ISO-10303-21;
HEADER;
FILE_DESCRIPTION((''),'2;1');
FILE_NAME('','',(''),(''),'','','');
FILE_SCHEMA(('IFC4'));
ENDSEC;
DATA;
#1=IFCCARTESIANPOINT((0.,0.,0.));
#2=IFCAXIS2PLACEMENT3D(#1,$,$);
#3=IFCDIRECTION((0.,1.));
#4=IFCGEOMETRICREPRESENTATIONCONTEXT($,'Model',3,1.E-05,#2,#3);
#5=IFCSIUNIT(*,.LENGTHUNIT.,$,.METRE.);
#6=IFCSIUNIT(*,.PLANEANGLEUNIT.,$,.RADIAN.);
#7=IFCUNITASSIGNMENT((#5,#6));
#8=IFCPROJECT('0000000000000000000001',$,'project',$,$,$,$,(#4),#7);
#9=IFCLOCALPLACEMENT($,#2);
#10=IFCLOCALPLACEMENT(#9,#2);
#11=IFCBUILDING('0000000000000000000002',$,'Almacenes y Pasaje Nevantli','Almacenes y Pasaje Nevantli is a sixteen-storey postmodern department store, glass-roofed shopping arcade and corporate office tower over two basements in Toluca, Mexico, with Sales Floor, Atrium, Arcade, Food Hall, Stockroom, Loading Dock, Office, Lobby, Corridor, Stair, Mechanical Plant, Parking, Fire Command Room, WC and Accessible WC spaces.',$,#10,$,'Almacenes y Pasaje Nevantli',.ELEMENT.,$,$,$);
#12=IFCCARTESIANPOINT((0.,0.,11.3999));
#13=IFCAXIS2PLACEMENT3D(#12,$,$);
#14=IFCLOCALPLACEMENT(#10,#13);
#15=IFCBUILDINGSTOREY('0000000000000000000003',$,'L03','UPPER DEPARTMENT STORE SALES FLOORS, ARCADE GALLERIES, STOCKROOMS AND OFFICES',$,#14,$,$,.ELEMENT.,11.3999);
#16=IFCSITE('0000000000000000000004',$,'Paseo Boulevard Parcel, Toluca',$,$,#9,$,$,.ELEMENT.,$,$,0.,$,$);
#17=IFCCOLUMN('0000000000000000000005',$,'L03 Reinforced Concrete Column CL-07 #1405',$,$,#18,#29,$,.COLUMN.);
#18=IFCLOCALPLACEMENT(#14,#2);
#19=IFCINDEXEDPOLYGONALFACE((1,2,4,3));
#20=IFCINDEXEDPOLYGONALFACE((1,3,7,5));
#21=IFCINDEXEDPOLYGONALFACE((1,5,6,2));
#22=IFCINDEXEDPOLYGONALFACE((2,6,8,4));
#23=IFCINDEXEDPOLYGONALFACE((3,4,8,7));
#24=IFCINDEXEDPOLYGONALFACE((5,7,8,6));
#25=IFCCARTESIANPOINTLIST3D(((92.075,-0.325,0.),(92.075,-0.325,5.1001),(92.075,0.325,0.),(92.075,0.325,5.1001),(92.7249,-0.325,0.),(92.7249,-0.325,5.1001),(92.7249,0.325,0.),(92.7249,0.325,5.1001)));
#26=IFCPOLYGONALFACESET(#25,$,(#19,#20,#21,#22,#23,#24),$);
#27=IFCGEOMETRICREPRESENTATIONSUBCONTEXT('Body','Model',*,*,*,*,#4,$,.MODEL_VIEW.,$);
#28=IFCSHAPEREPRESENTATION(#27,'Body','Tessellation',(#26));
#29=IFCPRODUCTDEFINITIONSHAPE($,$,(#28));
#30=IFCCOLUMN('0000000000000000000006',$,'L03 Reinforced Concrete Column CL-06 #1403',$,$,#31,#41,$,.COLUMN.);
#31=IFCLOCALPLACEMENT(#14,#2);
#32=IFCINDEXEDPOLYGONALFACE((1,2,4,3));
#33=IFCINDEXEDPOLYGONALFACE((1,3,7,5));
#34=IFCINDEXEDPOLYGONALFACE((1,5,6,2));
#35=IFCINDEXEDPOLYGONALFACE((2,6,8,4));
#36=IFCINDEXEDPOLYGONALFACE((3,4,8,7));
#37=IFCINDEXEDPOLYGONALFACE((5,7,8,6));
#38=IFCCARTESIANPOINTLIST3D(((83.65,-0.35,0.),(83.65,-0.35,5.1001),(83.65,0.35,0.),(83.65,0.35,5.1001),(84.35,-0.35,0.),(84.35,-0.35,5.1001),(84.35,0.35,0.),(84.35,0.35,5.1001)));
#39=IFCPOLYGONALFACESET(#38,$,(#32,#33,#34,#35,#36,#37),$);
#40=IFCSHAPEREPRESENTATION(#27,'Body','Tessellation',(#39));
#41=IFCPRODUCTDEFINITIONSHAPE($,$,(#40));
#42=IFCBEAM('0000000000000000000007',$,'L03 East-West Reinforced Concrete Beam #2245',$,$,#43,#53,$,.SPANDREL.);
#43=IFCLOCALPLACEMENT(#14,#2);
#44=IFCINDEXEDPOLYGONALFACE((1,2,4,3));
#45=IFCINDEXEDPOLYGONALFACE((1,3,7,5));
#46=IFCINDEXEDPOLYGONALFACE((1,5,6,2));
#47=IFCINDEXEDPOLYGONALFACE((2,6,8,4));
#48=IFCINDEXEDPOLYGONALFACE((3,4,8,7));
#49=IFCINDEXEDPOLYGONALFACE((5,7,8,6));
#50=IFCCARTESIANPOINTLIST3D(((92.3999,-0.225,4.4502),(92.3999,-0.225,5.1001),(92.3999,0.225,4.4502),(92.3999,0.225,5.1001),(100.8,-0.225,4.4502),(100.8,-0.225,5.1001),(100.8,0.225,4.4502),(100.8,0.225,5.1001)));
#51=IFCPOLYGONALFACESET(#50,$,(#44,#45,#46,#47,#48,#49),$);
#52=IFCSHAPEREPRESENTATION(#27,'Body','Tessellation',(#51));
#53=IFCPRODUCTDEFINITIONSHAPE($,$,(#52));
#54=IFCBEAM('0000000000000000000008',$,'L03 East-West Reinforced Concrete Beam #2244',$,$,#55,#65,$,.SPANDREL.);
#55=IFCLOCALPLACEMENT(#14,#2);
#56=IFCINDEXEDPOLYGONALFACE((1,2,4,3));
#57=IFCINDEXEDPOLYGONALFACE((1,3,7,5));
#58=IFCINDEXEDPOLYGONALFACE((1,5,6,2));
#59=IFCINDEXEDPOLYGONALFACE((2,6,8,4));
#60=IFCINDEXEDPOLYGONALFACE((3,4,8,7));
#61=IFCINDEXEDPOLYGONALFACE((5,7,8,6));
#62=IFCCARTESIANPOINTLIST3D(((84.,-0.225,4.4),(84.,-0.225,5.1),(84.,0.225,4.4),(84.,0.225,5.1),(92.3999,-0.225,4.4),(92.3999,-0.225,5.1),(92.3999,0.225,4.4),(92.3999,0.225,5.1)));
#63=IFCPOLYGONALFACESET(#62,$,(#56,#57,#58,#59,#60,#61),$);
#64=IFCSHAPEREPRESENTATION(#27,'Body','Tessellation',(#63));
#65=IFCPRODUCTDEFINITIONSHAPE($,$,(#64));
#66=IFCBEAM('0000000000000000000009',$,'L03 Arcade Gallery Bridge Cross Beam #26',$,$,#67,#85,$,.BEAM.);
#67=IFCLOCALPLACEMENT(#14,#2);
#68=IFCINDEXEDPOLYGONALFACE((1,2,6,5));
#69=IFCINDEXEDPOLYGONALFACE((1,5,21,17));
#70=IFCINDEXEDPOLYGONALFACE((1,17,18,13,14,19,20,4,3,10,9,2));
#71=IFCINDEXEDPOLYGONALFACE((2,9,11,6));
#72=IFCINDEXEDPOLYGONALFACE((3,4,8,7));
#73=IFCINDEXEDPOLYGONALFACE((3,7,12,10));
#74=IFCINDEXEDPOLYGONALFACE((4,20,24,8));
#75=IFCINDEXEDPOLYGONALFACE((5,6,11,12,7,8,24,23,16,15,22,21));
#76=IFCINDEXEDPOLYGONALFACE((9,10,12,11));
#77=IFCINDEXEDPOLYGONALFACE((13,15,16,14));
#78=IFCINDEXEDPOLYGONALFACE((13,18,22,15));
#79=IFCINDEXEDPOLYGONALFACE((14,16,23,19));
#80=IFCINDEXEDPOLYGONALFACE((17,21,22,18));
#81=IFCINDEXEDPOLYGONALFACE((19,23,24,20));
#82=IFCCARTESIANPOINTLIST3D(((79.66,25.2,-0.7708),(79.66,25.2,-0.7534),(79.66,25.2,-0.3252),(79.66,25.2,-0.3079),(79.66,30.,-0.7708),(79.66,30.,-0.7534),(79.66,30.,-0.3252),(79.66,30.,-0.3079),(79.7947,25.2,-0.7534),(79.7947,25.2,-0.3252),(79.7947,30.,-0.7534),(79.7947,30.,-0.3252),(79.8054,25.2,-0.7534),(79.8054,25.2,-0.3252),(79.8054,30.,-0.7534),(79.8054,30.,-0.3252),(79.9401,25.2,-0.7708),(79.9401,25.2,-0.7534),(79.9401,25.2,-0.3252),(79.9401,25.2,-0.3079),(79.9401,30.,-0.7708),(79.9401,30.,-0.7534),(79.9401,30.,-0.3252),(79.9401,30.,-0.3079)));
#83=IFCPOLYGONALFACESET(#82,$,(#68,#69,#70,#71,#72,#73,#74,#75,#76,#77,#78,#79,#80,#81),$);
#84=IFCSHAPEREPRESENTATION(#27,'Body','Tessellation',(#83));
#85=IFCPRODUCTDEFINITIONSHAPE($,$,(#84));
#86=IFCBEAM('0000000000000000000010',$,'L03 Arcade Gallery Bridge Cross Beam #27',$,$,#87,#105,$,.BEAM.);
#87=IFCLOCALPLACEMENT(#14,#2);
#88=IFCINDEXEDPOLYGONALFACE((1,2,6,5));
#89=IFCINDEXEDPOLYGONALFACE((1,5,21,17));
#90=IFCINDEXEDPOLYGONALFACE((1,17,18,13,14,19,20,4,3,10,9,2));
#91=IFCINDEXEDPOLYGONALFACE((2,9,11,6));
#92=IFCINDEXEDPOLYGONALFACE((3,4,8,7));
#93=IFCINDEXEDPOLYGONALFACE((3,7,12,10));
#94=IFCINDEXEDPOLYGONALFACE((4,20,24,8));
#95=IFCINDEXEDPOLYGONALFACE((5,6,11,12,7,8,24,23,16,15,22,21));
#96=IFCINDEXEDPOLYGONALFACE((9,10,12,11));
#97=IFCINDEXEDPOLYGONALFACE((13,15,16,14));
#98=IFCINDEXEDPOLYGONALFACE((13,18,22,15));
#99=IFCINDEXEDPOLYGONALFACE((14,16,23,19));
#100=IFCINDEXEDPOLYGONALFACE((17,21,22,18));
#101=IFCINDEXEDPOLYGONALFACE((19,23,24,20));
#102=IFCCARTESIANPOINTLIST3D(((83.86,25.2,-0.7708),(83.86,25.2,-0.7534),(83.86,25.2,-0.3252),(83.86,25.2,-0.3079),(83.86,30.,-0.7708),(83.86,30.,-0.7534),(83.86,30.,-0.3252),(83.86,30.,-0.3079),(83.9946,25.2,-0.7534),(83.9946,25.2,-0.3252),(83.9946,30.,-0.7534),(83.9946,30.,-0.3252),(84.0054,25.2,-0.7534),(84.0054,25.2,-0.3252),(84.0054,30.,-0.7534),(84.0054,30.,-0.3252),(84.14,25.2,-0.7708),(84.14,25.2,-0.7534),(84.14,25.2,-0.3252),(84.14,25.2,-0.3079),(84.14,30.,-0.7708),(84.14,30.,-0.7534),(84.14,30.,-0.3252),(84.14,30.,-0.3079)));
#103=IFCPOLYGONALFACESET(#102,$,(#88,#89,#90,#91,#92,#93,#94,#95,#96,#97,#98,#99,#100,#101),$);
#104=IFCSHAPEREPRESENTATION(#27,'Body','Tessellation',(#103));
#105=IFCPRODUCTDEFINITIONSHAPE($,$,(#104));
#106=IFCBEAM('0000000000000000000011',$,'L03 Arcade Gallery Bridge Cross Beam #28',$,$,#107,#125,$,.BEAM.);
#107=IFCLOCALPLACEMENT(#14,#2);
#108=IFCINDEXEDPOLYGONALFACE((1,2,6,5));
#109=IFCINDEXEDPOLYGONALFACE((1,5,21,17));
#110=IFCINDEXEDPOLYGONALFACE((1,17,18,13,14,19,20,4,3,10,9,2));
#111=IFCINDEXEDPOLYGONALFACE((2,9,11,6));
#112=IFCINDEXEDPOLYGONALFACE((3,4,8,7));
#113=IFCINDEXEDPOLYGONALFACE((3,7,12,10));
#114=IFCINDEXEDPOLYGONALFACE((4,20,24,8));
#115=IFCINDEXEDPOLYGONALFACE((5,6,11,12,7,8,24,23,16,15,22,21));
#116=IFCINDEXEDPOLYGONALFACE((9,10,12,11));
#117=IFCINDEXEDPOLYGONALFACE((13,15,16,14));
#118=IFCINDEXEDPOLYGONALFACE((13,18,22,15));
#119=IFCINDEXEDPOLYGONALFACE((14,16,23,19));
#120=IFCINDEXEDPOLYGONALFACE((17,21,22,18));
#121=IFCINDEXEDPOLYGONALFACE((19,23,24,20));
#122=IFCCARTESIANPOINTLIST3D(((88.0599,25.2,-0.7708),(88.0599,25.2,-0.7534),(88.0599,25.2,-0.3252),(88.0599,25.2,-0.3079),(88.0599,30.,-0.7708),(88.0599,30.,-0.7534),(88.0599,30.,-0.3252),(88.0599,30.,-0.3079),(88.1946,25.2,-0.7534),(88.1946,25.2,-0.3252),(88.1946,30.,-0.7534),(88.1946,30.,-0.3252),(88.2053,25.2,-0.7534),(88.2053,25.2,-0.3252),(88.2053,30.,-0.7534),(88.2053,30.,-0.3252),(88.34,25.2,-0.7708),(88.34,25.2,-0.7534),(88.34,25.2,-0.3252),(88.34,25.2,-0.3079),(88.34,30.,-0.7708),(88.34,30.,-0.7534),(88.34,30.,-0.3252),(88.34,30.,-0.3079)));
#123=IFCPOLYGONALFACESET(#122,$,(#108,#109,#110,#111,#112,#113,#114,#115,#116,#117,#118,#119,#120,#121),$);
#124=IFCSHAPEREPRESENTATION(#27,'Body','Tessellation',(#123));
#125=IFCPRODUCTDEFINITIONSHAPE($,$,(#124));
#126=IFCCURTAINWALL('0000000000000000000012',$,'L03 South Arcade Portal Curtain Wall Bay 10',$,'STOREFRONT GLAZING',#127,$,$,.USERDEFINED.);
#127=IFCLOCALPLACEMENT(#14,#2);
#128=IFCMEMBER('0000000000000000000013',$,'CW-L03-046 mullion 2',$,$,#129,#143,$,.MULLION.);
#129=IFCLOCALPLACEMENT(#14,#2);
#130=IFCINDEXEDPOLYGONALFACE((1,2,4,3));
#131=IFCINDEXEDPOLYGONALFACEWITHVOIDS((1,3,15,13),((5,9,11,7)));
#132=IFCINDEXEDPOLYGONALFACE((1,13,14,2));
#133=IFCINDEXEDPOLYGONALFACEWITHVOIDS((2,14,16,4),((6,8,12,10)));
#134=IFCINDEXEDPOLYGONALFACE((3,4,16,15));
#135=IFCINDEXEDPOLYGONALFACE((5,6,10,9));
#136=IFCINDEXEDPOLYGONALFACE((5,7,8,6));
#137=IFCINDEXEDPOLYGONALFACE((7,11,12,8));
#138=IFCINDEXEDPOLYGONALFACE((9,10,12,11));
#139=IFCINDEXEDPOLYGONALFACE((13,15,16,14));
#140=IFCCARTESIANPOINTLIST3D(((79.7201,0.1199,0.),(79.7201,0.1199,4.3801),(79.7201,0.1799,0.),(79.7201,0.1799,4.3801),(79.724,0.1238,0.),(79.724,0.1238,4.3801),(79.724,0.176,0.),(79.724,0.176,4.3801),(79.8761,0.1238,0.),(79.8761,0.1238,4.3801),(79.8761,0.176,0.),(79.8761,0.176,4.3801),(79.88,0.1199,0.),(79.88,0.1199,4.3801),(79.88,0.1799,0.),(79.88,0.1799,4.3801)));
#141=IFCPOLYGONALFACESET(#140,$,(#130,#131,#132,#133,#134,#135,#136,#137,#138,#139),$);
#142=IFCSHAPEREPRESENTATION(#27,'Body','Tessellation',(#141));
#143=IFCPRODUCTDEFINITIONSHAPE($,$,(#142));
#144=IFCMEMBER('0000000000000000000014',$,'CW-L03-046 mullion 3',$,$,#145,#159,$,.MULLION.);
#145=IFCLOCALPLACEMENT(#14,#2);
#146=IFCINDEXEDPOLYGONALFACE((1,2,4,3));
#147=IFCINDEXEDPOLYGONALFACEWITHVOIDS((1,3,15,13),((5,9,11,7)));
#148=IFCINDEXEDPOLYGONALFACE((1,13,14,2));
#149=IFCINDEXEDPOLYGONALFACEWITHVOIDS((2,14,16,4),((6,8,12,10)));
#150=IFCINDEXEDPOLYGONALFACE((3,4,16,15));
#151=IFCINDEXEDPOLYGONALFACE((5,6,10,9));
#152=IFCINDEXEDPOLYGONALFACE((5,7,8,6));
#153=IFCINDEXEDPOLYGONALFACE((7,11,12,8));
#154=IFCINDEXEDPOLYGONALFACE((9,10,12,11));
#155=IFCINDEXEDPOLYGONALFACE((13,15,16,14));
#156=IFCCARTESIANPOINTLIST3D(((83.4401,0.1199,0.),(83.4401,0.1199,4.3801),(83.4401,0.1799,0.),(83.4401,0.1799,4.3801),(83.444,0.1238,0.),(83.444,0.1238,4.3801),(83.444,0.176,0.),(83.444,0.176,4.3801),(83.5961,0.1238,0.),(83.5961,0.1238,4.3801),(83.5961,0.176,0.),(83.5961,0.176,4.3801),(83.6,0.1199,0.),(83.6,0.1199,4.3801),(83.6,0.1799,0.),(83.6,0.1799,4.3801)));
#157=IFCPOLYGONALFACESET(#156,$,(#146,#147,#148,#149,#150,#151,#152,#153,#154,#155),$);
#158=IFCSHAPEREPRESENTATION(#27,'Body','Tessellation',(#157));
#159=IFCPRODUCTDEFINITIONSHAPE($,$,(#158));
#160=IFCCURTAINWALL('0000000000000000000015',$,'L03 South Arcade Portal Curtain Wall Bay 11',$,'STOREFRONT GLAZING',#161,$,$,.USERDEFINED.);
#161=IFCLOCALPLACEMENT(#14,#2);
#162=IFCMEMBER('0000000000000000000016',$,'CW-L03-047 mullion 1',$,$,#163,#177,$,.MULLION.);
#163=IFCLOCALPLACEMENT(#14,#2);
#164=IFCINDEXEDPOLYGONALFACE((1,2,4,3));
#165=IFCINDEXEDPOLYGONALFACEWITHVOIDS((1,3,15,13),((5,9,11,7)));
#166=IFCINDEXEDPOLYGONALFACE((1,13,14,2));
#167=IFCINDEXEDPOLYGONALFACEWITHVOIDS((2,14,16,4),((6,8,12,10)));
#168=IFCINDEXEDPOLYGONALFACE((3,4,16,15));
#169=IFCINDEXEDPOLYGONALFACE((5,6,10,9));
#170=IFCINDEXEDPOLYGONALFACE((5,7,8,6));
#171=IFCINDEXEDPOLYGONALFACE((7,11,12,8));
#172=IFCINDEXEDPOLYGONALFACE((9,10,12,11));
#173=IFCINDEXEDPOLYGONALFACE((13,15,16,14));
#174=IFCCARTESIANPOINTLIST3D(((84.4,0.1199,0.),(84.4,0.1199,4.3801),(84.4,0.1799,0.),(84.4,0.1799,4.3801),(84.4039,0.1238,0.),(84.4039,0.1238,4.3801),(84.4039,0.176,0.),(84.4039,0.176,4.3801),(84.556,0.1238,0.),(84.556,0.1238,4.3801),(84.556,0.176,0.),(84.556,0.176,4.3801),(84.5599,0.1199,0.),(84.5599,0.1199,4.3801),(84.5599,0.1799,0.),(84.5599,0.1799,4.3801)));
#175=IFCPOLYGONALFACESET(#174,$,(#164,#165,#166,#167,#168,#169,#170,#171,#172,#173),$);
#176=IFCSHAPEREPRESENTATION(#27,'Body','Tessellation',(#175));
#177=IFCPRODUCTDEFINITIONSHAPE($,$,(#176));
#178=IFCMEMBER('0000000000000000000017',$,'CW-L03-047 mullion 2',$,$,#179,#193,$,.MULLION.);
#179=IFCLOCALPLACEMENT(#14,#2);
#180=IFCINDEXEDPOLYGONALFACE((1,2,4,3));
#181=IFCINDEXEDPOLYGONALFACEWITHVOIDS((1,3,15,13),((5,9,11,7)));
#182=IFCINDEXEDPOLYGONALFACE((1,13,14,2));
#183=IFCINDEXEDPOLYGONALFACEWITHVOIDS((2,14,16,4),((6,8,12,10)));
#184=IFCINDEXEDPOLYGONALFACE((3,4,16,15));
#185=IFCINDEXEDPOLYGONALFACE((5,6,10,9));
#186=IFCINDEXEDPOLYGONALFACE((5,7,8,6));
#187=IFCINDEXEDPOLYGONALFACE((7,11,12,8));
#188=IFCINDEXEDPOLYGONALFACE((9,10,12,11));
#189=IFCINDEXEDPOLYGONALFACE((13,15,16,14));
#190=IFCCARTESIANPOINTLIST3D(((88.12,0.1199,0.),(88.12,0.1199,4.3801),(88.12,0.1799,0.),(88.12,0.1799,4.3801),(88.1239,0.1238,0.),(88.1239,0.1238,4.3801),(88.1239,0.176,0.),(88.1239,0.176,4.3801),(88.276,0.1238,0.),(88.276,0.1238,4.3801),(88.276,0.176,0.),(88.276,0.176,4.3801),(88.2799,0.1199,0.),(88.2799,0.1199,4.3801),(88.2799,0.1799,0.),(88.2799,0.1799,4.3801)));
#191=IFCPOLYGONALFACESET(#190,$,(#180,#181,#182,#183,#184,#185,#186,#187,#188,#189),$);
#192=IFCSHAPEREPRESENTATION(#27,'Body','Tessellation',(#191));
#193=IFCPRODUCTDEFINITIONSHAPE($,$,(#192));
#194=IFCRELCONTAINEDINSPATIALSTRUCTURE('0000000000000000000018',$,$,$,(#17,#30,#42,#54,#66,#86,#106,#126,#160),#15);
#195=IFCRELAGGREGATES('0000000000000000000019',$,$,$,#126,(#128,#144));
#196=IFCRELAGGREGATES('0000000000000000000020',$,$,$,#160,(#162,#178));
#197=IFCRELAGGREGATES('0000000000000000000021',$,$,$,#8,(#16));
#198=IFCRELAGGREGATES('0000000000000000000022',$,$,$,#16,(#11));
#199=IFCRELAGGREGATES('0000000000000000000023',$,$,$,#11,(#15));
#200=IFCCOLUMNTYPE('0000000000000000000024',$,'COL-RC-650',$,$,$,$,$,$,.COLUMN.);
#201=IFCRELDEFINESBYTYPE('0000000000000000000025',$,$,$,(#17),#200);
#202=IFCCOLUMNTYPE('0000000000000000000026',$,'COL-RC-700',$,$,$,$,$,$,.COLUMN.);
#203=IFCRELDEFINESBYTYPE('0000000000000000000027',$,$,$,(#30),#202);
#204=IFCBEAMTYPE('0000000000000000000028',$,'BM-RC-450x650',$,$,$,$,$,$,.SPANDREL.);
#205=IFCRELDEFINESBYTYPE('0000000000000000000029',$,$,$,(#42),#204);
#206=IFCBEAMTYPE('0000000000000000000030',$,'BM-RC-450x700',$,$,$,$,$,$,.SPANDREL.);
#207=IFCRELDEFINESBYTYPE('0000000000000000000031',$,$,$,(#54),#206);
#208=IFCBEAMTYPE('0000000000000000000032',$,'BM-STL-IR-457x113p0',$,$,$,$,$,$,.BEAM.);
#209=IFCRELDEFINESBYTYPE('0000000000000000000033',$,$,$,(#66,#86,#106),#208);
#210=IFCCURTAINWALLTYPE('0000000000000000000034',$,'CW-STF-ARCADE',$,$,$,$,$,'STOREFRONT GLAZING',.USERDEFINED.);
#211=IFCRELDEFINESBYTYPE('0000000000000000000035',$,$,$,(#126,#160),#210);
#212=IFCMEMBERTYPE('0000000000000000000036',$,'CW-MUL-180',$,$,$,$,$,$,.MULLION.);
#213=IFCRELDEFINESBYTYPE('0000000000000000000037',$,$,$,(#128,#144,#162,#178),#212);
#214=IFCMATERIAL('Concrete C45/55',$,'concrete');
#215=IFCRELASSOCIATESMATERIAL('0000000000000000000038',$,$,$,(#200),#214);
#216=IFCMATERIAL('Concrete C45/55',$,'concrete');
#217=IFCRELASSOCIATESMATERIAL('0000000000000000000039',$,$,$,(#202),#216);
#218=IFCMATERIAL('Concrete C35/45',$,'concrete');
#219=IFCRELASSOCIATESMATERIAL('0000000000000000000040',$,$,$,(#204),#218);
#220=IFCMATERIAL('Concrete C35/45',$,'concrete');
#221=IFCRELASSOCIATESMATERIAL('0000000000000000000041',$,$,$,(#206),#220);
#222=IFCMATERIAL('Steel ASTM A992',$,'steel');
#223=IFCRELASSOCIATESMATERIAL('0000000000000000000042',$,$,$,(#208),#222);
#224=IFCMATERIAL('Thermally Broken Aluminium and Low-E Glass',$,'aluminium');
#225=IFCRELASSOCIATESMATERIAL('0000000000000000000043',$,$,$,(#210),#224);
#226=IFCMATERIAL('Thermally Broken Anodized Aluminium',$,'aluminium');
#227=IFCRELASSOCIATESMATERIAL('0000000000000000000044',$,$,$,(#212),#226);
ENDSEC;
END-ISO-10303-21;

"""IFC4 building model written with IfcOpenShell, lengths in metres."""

from ifc_helpers import new_model, si_unit, direction, frame, origin, origin_2d, place, context, subcontext, project, spatial, rectangle, hollow_rectangle, i_section, extrude, material, material_profile, profile_set, type_object, element, aggregate, save


model = new_model("IFC4")

# Units and contexts
model_context = context("Model", 3, precision=1e-05, world=origin(), true_north=direction((0.0, 1.0)))
body_context = subcontext(model_context, "Body", "Model", "MODEL_VIEW")
ifc_project = project(units=[si_unit("LENGTHUNIT", "METRE"), si_unit("PLANEANGLEUNIT", "RADIAN")], contexts=[model_context])

# Site, building, storey
site_placement = place(None, origin())
site = spatial("IfcSite", under=ifc_project, at=site_placement, Name="Paseo Boulevard Parcel, Toluca", CompositionType="ELEMENT", RefElevation=0.0)
building_placement = place(site_placement, origin())
building = spatial("IfcBuilding", under=site, at=building_placement, Name="Almacenes y Pasaje Nevantli", Description="Almacenes y Pasaje Nevantli is a sixteen-storey postmodern department store, glass-roofed shopping arcade and corporate office tower over two basements in Toluca, Mexico, with Sales Floor, Atrium, Arcade, Food Hall, Stockroom, Loading Dock, Office, Lobby, Corridor, Stair, Mechanical Plant, Parking, Fire Command Room, WC and Accessible WC spaces.", LongName="Almacenes y Pasaje Nevantli", CompositionType="ELEMENT")
storey_placement = place(building_placement, frame((0.0, 0.0, 11.3999)))
storey = spatial("IfcBuildingStorey", under=building, at=storey_placement, Name="L03", Description="UPPER DEPARTMENT STORE SALES FLOORS, ARCADE GALLERIES, STOCKROOMS AND OFFICES", CompositionType="ELEMENT", Elevation=11.3999)

# Columns
ifc_material_1 = material(Name="Concrete C45/55", Category="concrete")
ifc_material_profile_1 = material_profile(ifc_material_1, rectangle(XDim=0.6499, YDim=0.6499, at=origin_2d()), Name="RC-COL-650x650")
ifc_profile_set_1 = profile_set([ifc_material_profile_1], Name="Concrete C45/55")
column_type_1 = type_object("IfcColumnType", Name="COL-RC-650", PredefinedType="COLUMN", material=ifc_profile_set_1)
column_1_placement = place(storey_placement, frame((92.3999, 0.0, 0.0), z_axis=(0.0, 0.0, 1.0), x_axis=(1.0, 0.0, 0.0)))
element("IfcColumn", 1, at=column_1_placement, inside=storey, type_object=column_type_1, Name="L03 Reinforced Concrete Column CL-07 #1405", PredefinedType="COLUMN", context=body_context, shape_type="SweptSolid", body=[
    extrude(rectangle(XDim=0.6499, YDim=0.6499, at=origin_2d()), origin(), (0.0, 0.0, 1.0), 5.1001),
])
ifc_material_2 = material(Name="Concrete C45/55", Category="concrete")
ifc_material_profile_2 = material_profile(ifc_material_2, rectangle(XDim=0.7, YDim=0.7, at=origin_2d()), Name="RC-COL-700x700")
ifc_profile_set_2 = profile_set([ifc_material_profile_2], Name="Concrete C45/55")
column_type_2 = type_object("IfcColumnType", Name="COL-RC-700", PredefinedType="COLUMN", material=ifc_profile_set_2)
column_2_placement = place(storey_placement, frame((84.0, 0.0, 0.0), z_axis=(0.0, 0.0, 1.0), x_axis=(1.0, 0.0, 0.0)))
element("IfcColumn", 2, at=column_2_placement, inside=storey, type_object=column_type_2, Name="L03 Reinforced Concrete Column CL-06 #1403", PredefinedType="COLUMN", context=body_context, shape_type="SweptSolid", body=[
    extrude(rectangle(XDim=0.7, YDim=0.7, at=origin_2d()), origin(), (0.0, 0.0, 1.0), 5.1001),
])

# Beams
ifc_material_3 = material(Name="Concrete C35/45", Category="concrete")
ifc_material_profile_3 = material_profile(ifc_material_3, rectangle(XDim=0.45, YDim=0.6499, at=origin_2d()), Name="RC-BM-450x650")
ifc_profile_set_3 = profile_set([ifc_material_profile_3], Name="Concrete C35/45")
beam_type_1 = type_object("IfcBeamType", Name="BM-RC-450x650", PredefinedType="SPANDREL", material=ifc_profile_set_3)
beam_1_placement = place(storey_placement, frame((92.3999, 0.0, 4.7751), z_axis=(1.0, 0.0, 0.0), x_axis=(0.0, 1.0, 0.0)))
element("IfcBeam", 3, at=beam_1_placement, inside=storey, type_object=beam_type_1, Name="L03 East-West Reinforced Concrete Beam #2245", PredefinedType="SPANDREL", context=body_context, shape_type="SweptSolid", body=[
    extrude(rectangle(XDim=0.45, YDim=0.6499, at=origin_2d()), origin(), (0.0, 0.0, 1.0), 8.4001),
])
ifc_material_4 = material(Name="Concrete C35/45", Category="concrete")
ifc_material_profile_4 = material_profile(ifc_material_4, rectangle(XDim=0.45, YDim=0.7, at=origin_2d()), Name="RC-BM-450x700")
ifc_profile_set_4 = profile_set([ifc_material_profile_4], Name="Concrete C35/45")
beam_type_2 = type_object("IfcBeamType", Name="BM-RC-450x700", PredefinedType="SPANDREL", material=ifc_profile_set_4)
beam_2_placement = place(storey_placement, frame((84.0, 0.0, 4.75), z_axis=(1.0, 0.0, 0.0), x_axis=(0.0, 1.0, 0.0)))
element("IfcBeam", 4, at=beam_2_placement, inside=storey, type_object=beam_type_2, Name="L03 East-West Reinforced Concrete Beam #2244", PredefinedType="SPANDREL", context=body_context, shape_type="SweptSolid", body=[
    extrude(rectangle(XDim=0.45, YDim=0.7, at=origin_2d()), origin(), (0.0, 0.0, 1.0), 8.3999),
])
ifc_material_5 = material(Name="Steel ASTM A992", Category="steel")
ifc_material_profile_5 = material_profile(ifc_material_5, i_section(OverallWidth=0.28, OverallDepth=0.4629, WebThickness=0.0107, FlangeThickness=0.0173, at=origin_2d()), Name="IR 457x113.0")
ifc_profile_set_5 = profile_set([ifc_material_profile_5], Name="Steel ASTM A992")
beam_type_3 = type_object("IfcBeamType", Name="BM-STL-IR-457x113p0", PredefinedType="BEAM", material=ifc_profile_set_5)
for number, where, z_axis, x_axis, name in (
    (5, (79.8, 25.2, -0.5393), (0.0, 1.0, 0.0), (-1.0, 0.0, 0.0), "L03 Arcade Gallery Bridge Cross Beam #26"),
    (6, (84.0, 25.2, -0.5393), (0.0, 1.0, 0.0), (-1.0, 0.0, 0.0), "L03 Arcade Gallery Bridge Cross Beam #27"),
    (7, (88.2, 25.2, -0.5393), (0.0, 1.0, 0.0), (-1.0, 0.0, 0.0), "L03 Arcade Gallery Bridge Cross Beam #28"),
):
    element("IfcBeam", number, at=place(storey_placement, frame(where, z_axis=z_axis, x_axis=x_axis)), inside=storey, type_object=beam_type_3, Name=name, PredefinedType="BEAM", context=body_context, shape_type="SweptSolid", body=[
        extrude(i_section(OverallWidth=0.28, OverallDepth=0.4629, WebThickness=0.0107, FlangeThickness=0.0173, at=origin_2d()), origin(), (0.0, 0.0, 1.0), 4.8),
    ])

# Curtain walls, members
ifc_material_6 = material(Name="Thermally Broken Aluminium and Low-E Glass", Category="aluminium")
curtain_wall_type = type_object("IfcCurtainWallType", Name="CW-STF-ARCADE", ElementType="STOREFRONT GLAZING", PredefinedType="USERDEFINED", material=ifc_material_6)
curtain_wall_1_placement = place(storey_placement, origin())
curtain_wall_1 = element("IfcCurtainWall", 8, at=curtain_wall_1_placement, inside=storey, type_object=curtain_wall_type, Name="L03 South Arcade Portal Curtain Wall Bay 10", ObjectType="STOREFRONT GLAZING", PredefinedType="USERDEFINED")
ifc_material_7 = material(Name="Thermally Broken Anodized Aluminium", Category="aluminium")
ifc_material_profile_6 = material_profile(ifc_material_7, hollow_rectangle(XDim=0.0601, YDim=0.1599, WallThickness=0.0039, at=origin_2d()), Name="ALU-MUL-60x160")
ifc_profile_set_6 = profile_set([ifc_material_profile_6], Name="Thermally Broken Anodized Aluminium")
member_type_1 = type_object("IfcMemberType", Name="CW-MUL-180", PredefinedType="MULLION", material=ifc_profile_set_6)
member_1_placement = place(storey_placement, frame((79.8, 0.1499, 0.0), z_axis=(0.0, 0.0, 1.0), x_axis=(0.0, 1.0, 0.0)))
member_1 = element("IfcMember", 9, at=member_1_placement, type_object=member_type_1, Name="CW-L03-046 mullion 2", PredefinedType="MULLION", context=body_context, shape_type="SweptSolid", body=[
    extrude(hollow_rectangle(XDim=0.0601, YDim=0.1599, WallThickness=0.0039, at=origin_2d()), origin(), (0.0, 0.0, 1.0), 4.3801),
])
member_2_placement = place(storey_placement, frame((83.52, 0.1499, 0.0), z_axis=(0.0, 0.0, 1.0), x_axis=(0.0, 1.0, 0.0)))
member_2 = element("IfcMember", 10, at=member_2_placement, type_object=member_type_1, Name="CW-L03-046 mullion 3", PredefinedType="MULLION", context=body_context, shape_type="SweptSolid", body=[
    extrude(hollow_rectangle(XDim=0.0601, YDim=0.1599, WallThickness=0.0039, at=origin_2d()), origin(), (0.0, 0.0, 1.0), 4.3801),
])
curtain_wall_2_placement = place(storey_placement, origin())
curtain_wall_2 = element("IfcCurtainWall", 11, at=curtain_wall_2_placement, inside=storey, type_object=curtain_wall_type, Name="L03 South Arcade Portal Curtain Wall Bay 11", ObjectType="STOREFRONT GLAZING", PredefinedType="USERDEFINED")
member_3_placement = place(storey_placement, frame((84.48, 0.1499, 0.0), z_axis=(0.0, 0.0, 1.0), x_axis=(0.0, 1.0, 0.0)))
member_3 = element("IfcMember", 12, at=member_3_placement, type_object=member_type_1, Name="CW-L03-047 mullion 1", PredefinedType="MULLION", context=body_context, shape_type="SweptSolid", body=[
    extrude(hollow_rectangle(XDim=0.0601, YDim=0.1599, WallThickness=0.0039, at=origin_2d()), origin(), (0.0, 0.0, 1.0), 4.3801),
])
member_4_placement = place(storey_placement, frame((88.2, 0.1499, 0.0), z_axis=(0.0, 0.0, 1.0), x_axis=(0.0, 1.0, 0.0)))
member_4 = element("IfcMember", 13, at=member_4_placement, type_object=member_type_1, Name="CW-L03-047 mullion 2", PredefinedType="MULLION", context=body_context, shape_type="SweptSolid", body=[
    extrude(hollow_rectangle(XDim=0.0601, YDim=0.1599, WallThickness=0.0039, at=origin_2d()), origin(), (0.0, 0.0, 1.0), 4.3801),
])

aggregate(curtain_wall_1, [member_1, member_2])
aggregate(curtain_wall_2, [member_3, member_4])

save(model, "model.ifc")
